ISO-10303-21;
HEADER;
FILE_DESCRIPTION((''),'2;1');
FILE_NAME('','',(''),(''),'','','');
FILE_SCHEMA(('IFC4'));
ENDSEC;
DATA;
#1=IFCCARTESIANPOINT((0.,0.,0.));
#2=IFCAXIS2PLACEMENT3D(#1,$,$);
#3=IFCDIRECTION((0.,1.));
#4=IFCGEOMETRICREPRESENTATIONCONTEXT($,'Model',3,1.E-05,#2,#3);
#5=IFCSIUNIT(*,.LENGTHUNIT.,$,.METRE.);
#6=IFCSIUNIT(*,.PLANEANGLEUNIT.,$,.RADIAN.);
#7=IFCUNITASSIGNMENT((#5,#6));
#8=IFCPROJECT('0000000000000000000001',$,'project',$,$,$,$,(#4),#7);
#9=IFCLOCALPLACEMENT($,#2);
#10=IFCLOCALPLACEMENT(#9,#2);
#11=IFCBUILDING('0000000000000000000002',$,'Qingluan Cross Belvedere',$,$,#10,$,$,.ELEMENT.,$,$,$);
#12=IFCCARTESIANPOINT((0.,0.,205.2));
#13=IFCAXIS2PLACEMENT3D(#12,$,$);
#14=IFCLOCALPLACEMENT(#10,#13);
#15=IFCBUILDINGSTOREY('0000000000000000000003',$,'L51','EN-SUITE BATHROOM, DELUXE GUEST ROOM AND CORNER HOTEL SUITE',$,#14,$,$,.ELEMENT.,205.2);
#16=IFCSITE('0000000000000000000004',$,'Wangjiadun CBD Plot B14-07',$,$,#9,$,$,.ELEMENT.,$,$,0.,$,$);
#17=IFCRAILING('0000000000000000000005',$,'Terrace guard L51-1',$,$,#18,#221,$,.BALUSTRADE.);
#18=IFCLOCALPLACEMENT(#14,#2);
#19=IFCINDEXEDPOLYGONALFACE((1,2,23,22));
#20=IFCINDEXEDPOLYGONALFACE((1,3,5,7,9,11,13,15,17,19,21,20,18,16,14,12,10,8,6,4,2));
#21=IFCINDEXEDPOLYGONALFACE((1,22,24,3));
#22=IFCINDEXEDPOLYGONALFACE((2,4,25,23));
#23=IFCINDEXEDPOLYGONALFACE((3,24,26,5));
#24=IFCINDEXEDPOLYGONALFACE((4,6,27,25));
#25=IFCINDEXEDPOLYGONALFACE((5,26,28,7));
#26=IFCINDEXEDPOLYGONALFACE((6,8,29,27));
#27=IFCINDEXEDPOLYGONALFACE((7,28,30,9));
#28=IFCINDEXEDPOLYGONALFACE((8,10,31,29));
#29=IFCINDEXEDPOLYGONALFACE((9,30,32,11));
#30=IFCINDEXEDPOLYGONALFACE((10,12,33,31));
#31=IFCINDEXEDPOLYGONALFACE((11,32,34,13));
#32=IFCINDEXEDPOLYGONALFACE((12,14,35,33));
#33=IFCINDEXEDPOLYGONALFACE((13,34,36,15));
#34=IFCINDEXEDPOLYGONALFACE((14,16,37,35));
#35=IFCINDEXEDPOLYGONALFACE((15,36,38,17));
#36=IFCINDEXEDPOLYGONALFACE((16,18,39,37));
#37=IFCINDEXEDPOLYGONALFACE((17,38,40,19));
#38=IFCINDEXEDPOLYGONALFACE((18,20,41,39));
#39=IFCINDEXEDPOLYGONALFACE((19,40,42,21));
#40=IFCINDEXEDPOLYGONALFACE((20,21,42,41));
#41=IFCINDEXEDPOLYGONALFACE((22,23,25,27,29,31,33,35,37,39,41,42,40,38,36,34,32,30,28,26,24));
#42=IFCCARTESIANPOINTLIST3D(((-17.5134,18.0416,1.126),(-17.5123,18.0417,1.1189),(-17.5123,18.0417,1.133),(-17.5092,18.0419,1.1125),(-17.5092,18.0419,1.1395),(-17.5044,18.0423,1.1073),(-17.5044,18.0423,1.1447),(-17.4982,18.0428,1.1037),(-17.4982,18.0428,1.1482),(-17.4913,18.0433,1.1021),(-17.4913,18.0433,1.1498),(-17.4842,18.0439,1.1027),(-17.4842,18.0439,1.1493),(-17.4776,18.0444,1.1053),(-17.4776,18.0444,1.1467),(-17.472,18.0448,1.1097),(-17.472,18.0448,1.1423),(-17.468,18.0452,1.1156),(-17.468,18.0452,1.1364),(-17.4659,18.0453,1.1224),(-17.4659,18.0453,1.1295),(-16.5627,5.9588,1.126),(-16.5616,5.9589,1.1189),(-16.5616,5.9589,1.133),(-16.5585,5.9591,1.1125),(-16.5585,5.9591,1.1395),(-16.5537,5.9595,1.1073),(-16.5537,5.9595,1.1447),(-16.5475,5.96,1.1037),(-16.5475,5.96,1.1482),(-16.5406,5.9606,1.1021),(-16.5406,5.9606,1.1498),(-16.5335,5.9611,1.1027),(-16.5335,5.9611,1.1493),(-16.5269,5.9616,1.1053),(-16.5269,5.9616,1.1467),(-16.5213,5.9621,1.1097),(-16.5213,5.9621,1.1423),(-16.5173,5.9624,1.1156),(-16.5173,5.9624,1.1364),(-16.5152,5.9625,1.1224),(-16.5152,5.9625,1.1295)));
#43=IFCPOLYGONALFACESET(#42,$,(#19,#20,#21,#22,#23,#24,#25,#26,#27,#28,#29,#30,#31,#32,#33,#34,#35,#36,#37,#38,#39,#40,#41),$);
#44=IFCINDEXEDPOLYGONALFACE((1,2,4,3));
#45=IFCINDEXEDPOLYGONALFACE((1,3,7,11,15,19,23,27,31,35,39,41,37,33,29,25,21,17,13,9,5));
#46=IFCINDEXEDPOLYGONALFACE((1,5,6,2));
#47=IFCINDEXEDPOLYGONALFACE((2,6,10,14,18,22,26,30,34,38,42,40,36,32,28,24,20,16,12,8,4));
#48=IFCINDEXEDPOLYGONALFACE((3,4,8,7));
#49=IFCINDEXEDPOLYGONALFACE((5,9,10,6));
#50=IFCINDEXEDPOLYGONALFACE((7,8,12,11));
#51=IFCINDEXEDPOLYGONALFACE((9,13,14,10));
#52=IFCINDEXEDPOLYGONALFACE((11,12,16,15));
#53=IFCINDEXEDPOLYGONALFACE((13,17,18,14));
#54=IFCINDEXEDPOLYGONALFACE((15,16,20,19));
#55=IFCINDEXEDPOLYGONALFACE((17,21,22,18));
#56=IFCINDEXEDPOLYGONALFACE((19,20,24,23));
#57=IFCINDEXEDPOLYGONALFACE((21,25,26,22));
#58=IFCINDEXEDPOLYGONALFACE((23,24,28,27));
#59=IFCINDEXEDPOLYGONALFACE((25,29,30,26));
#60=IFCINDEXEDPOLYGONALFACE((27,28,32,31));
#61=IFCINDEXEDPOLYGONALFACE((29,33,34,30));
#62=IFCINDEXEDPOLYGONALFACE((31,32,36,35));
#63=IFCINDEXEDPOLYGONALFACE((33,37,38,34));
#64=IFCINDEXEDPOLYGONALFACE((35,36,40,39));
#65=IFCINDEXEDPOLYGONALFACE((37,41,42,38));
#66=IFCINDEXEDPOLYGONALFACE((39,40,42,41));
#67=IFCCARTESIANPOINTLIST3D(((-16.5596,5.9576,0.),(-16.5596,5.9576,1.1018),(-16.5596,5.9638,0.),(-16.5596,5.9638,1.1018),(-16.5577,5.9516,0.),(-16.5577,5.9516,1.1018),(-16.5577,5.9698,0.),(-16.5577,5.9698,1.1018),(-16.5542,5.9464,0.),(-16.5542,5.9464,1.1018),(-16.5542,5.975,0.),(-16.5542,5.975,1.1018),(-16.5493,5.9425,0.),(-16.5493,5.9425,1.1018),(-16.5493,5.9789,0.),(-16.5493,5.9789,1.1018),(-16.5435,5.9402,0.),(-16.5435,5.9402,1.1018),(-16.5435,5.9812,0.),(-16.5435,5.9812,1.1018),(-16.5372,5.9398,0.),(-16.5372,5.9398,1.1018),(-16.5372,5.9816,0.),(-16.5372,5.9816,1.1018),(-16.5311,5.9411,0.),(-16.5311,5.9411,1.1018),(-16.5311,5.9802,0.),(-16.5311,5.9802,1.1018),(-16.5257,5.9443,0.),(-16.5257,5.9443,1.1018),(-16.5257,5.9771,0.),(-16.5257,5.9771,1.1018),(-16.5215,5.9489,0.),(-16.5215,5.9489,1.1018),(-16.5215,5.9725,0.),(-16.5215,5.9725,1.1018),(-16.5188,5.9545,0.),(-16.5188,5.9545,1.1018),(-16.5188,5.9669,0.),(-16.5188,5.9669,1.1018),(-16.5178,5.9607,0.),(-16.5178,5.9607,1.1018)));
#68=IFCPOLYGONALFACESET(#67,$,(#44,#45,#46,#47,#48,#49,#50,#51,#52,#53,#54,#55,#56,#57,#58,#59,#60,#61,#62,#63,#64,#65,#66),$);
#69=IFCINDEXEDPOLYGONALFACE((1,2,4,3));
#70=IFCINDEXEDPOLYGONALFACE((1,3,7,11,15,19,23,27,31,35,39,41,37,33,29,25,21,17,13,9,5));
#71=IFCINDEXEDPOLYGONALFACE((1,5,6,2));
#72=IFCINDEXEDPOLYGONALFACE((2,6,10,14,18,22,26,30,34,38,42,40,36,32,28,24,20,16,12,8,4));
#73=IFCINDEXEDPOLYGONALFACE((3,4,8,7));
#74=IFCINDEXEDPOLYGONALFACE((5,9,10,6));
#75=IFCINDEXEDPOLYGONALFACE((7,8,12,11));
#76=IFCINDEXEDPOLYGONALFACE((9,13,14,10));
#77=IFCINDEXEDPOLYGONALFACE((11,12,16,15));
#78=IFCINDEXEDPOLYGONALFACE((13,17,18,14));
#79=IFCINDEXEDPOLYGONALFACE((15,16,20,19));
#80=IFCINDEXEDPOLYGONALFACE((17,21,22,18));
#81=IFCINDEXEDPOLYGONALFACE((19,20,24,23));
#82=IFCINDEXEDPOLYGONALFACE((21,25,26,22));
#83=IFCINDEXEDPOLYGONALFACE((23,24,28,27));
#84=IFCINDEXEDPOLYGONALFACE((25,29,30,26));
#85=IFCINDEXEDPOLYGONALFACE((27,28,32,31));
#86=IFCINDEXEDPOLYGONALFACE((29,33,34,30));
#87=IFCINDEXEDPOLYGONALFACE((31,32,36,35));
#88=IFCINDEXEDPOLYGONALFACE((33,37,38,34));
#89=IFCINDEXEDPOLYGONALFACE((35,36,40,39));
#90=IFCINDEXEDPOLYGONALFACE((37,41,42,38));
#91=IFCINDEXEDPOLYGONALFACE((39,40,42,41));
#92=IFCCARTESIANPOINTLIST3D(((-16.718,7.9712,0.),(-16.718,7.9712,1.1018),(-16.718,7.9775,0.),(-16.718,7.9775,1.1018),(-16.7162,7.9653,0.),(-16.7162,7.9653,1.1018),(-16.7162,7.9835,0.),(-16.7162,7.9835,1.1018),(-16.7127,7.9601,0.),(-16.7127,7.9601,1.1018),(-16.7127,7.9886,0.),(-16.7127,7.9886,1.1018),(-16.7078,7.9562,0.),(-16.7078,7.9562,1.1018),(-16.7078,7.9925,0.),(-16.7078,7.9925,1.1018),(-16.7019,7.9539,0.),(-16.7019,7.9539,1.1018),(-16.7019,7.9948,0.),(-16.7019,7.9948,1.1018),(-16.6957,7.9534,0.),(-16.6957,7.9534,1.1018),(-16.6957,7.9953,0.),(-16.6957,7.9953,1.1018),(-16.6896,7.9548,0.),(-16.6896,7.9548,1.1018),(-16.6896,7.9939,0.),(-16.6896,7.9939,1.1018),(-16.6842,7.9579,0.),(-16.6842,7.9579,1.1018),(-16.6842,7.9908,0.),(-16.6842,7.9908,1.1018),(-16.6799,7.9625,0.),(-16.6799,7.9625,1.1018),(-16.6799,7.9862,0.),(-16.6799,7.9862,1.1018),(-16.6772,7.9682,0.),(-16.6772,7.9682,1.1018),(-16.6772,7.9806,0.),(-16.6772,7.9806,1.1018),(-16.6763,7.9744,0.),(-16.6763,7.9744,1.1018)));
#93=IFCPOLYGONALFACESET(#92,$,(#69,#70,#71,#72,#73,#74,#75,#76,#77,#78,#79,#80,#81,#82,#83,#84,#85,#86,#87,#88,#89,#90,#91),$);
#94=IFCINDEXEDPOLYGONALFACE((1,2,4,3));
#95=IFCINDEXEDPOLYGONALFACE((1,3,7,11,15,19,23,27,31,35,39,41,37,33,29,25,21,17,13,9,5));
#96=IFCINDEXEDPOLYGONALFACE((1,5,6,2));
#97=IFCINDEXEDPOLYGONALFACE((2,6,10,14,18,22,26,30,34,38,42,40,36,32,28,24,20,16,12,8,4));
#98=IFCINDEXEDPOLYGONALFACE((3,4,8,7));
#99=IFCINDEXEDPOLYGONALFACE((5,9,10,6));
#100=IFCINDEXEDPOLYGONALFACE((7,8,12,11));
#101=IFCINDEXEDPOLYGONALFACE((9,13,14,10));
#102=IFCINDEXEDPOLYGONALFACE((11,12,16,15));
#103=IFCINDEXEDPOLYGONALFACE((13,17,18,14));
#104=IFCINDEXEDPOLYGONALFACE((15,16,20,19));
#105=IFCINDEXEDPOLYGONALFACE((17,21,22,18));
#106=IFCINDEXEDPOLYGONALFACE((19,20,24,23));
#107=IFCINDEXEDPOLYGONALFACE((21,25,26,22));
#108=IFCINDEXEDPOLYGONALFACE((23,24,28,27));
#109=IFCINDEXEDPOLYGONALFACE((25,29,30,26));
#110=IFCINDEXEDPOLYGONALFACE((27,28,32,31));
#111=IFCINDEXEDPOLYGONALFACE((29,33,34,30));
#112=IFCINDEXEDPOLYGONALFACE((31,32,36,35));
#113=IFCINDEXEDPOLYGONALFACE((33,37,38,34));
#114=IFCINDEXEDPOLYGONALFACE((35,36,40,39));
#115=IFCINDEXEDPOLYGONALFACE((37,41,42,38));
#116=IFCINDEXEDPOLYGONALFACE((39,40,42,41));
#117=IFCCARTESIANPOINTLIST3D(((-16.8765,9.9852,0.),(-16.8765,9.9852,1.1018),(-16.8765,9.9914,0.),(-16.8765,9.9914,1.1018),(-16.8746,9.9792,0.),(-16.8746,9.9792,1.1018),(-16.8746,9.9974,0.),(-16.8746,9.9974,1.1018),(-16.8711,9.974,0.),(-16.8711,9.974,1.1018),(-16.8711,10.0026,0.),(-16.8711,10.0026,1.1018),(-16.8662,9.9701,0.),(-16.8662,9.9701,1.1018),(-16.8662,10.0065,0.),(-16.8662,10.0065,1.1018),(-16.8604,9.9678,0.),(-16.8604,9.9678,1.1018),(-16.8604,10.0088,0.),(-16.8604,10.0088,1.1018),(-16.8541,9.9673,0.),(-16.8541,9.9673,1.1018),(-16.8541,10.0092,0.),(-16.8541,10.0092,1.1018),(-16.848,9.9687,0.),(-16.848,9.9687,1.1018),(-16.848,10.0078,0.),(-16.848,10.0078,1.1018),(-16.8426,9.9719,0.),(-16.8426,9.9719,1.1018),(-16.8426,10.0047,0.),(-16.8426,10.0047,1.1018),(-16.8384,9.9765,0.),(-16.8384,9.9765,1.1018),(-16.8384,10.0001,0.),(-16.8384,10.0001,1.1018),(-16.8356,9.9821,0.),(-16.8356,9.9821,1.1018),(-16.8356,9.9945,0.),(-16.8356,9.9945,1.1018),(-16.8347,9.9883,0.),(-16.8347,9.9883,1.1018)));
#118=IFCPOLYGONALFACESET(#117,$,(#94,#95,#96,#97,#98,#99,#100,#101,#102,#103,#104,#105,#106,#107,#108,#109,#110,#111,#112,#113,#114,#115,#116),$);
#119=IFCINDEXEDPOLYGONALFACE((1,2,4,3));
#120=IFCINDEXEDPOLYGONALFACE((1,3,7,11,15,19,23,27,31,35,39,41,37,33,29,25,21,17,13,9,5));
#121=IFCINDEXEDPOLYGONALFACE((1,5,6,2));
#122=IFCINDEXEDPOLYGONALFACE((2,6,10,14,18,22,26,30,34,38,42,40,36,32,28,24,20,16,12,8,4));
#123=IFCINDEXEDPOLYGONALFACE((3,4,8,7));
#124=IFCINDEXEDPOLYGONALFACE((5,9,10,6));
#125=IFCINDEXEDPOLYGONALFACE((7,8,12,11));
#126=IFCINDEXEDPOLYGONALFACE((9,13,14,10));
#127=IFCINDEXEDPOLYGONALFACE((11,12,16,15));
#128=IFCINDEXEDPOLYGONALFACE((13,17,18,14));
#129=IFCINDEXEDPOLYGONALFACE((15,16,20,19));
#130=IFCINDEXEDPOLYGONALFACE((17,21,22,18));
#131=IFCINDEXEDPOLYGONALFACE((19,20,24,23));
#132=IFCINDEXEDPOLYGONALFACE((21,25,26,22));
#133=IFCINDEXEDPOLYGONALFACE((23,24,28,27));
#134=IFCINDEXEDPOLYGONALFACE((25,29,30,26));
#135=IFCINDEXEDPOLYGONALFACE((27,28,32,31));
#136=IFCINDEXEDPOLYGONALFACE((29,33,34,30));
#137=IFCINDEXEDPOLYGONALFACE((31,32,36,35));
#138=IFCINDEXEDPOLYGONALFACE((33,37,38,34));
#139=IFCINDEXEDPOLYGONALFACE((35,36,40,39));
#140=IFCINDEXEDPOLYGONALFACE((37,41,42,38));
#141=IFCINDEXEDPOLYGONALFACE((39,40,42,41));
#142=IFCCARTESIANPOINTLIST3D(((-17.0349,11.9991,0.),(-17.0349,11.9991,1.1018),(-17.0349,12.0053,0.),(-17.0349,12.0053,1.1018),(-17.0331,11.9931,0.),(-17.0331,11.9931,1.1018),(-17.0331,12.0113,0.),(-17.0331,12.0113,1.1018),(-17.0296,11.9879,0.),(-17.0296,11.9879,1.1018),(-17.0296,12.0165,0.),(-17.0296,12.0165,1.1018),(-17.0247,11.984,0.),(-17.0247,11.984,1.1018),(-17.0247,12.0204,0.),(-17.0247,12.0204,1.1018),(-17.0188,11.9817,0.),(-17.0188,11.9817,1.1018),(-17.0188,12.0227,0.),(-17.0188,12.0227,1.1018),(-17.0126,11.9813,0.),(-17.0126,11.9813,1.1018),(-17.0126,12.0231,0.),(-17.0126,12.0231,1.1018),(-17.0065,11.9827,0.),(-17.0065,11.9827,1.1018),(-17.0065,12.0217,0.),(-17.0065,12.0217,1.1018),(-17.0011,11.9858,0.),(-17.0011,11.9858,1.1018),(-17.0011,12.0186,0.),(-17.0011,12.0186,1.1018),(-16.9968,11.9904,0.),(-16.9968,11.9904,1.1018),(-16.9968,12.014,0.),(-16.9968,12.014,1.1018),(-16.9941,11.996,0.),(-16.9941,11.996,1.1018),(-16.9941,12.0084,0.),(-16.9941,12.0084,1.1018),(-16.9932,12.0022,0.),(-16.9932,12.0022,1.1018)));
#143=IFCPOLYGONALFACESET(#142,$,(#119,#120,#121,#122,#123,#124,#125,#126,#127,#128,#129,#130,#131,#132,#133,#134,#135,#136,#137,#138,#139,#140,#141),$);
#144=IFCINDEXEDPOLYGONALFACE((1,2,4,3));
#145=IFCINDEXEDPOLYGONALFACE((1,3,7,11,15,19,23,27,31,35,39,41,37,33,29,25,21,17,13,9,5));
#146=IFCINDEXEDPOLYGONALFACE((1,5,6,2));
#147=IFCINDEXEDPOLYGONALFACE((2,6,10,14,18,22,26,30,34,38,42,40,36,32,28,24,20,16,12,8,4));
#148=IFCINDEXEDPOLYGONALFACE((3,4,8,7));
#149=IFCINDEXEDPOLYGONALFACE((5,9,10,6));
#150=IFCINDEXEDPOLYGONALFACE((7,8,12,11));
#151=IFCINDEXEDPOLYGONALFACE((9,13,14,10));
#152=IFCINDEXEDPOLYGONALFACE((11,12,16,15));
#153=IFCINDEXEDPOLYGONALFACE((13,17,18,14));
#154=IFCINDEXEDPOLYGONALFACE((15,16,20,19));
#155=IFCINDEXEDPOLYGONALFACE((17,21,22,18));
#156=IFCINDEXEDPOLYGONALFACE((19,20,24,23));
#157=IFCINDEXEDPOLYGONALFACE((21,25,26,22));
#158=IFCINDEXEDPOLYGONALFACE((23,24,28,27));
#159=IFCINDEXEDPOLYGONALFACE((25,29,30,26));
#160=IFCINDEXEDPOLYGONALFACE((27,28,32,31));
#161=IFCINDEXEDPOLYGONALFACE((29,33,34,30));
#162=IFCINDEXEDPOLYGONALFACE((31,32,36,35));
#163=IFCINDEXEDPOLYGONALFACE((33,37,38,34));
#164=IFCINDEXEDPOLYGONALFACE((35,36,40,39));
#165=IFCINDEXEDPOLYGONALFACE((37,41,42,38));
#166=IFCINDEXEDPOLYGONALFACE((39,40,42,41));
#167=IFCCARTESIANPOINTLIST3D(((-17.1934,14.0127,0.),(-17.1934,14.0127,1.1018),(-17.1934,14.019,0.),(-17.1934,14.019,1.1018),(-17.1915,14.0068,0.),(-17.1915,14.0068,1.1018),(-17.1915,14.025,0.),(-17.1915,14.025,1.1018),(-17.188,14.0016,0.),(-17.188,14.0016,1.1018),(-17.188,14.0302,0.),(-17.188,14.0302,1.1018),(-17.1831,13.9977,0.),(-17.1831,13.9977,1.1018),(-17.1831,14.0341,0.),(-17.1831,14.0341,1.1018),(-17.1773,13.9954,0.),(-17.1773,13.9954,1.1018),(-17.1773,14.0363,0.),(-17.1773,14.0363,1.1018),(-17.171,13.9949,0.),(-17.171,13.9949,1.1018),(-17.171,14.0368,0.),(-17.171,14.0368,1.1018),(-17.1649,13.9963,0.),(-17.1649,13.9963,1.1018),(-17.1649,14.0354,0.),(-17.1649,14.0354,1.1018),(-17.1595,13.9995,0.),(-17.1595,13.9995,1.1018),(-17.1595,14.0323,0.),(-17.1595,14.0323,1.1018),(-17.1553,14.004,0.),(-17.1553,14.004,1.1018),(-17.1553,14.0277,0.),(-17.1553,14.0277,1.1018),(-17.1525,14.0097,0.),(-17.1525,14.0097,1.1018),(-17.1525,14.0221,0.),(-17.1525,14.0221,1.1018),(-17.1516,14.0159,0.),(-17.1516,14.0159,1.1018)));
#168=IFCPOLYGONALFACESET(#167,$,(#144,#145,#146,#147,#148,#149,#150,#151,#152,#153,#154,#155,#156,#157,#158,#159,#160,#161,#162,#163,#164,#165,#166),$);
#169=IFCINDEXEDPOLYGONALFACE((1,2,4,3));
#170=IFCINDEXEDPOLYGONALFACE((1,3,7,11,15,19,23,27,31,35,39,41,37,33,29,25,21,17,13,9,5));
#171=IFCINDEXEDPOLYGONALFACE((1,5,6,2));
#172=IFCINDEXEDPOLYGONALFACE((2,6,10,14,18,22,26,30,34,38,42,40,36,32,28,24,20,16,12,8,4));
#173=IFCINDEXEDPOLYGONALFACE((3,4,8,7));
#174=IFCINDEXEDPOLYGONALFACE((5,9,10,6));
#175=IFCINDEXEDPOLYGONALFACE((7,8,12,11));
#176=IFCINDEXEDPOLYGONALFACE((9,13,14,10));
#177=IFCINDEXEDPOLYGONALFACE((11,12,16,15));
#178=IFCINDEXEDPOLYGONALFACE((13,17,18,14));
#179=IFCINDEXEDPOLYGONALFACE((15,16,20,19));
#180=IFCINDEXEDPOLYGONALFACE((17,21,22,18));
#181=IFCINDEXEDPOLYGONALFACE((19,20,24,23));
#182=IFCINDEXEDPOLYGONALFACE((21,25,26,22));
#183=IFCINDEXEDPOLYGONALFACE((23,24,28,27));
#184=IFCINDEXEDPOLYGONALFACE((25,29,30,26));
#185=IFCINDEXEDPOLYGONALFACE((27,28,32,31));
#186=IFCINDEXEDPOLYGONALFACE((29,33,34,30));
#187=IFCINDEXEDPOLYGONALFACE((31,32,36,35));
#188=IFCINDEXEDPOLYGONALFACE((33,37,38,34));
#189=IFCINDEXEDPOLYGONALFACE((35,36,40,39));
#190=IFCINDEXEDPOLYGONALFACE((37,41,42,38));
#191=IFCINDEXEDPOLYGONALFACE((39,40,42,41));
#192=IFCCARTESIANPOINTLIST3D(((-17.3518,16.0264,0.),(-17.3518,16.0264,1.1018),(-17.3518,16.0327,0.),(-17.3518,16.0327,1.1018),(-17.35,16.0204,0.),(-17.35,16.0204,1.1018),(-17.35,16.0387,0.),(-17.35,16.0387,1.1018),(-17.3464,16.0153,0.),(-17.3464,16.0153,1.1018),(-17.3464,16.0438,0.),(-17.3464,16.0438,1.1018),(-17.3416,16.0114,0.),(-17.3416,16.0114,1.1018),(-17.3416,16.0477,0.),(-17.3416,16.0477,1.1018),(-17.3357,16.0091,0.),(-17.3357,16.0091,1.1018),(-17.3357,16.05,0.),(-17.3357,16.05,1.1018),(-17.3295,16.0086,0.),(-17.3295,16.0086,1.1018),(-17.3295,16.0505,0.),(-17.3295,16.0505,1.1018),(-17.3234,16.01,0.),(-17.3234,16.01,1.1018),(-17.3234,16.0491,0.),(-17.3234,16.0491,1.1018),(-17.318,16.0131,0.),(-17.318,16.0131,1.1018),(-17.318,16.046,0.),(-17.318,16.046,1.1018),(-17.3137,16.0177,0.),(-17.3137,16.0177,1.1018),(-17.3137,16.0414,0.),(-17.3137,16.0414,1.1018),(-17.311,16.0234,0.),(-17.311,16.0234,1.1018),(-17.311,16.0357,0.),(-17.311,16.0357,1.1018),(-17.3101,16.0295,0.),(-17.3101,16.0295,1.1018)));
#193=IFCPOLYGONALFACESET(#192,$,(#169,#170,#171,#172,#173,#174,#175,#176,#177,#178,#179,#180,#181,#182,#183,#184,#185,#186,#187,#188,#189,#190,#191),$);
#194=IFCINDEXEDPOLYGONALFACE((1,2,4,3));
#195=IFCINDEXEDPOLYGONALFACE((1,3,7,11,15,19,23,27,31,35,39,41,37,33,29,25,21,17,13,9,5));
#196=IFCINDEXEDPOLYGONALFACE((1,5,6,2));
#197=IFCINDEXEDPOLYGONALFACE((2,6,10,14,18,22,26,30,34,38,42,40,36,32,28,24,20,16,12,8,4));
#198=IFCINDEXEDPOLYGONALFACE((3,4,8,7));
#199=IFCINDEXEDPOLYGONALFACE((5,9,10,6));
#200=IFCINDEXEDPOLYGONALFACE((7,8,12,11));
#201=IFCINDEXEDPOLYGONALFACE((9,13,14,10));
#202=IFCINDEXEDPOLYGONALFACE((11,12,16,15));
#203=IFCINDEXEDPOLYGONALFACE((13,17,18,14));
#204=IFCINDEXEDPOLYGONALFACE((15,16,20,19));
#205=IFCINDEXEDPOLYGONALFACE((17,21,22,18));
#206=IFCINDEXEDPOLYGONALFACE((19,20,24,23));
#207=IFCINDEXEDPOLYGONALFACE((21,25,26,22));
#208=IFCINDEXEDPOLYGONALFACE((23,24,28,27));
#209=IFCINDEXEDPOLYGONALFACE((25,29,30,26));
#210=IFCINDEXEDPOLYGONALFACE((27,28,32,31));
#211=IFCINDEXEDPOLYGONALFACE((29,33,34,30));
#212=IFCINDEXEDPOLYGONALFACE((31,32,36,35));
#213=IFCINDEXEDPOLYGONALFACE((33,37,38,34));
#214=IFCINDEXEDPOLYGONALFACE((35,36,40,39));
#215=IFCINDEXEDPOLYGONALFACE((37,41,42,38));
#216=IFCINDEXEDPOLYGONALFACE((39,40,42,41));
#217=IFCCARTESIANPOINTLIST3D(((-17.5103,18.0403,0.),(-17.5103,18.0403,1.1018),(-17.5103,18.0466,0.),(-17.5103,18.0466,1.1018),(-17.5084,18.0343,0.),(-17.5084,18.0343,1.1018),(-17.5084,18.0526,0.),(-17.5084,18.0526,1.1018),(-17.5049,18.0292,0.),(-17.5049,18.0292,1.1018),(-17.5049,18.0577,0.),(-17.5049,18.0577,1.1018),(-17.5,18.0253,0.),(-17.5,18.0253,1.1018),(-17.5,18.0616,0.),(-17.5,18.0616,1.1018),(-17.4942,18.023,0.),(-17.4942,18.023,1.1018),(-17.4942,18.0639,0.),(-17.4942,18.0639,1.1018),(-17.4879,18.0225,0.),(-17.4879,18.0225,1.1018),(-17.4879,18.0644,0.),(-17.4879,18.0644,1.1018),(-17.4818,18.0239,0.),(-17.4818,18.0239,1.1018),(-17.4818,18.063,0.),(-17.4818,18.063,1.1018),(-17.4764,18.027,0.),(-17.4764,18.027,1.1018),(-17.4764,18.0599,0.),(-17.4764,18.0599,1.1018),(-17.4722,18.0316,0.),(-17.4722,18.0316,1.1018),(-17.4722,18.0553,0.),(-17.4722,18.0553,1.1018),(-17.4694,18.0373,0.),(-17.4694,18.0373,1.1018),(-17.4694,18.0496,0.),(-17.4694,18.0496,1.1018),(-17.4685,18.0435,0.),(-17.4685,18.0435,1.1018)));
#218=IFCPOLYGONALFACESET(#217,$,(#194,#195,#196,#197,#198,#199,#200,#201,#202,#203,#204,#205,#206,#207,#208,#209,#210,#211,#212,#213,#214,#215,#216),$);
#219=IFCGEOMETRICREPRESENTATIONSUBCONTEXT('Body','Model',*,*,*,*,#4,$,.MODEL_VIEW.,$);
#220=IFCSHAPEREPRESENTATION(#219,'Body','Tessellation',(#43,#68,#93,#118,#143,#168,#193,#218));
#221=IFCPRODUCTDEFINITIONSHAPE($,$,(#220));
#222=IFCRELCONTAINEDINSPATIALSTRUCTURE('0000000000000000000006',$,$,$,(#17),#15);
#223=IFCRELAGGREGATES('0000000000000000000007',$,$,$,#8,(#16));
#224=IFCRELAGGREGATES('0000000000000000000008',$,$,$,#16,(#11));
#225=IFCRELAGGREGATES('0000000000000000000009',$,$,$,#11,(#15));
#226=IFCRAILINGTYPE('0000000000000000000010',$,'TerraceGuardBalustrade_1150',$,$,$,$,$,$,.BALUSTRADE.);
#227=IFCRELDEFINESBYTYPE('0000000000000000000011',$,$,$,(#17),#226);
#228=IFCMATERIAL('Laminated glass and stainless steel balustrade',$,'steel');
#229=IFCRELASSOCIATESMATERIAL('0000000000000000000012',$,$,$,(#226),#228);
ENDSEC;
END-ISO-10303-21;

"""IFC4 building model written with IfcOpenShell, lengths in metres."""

from ifc_helpers import new_model, si_unit, direction, frame, origin, origin_2d, place, context, subcontext, project, spatial, circle, extrude, material, type_object, element, save


model = new_model("IFC4")

# Units and contexts
model_context = context("Model", 3, precision=1e-05, world=origin(), true_north=direction((0.0, 1.0)))
body_context = subcontext(model_context, "Body", "Model", "MODEL_VIEW")
ifc_project = project(units=[si_unit("LENGTHUNIT", "METRE"), si_unit("PLANEANGLEUNIT", "RADIAN")], contexts=[model_context])

# Site, building, storey
site_placement = place(None, origin())
site = spatial("IfcSite", under=ifc_project, at=site_placement, Name="Wangjiadun CBD Plot B14-07", CompositionType="ELEMENT", RefElevation=0.0)
building_placement = place(site_placement, origin())
building = spatial("IfcBuilding", under=site, at=building_placement, Name="Qingluan Cross Belvedere", CompositionType="ELEMENT")
storey_placement = place(building_placement, frame((0.0, 0.0, 205.2)))
storey = spatial("IfcBuildingStorey", under=building, at=storey_placement, Name="L51", Description="EN-SUITE BATHROOM, DELUXE GUEST ROOM AND CORNER HOTEL SUITE", CompositionType="ELEMENT", Elevation=205.2)

# Railing
ifc_material_1 = material(Name="Laminated glass and stainless steel balustrade", Category="steel")
railing_type = type_object("IfcRailingType", Name="TerraceGuardBalustrade_1150", PredefinedType="BALUSTRADE", material=ifc_material_1)
railing_placement = place(storey_placement, frame((-16.5388, 5.9607, 0.0)))
element("IfcRailing", 1, at=railing_placement, inside=storey, type_object=railing_type, Name="Terrace guard L51-1", PredefinedType="BALUSTRADE", context=body_context, shape_type="SweptSolid", body=[
    extrude(circle(Radius=0.0239, at=origin_2d()), frame((0.0, 0.0, 1.126), z_axis=(-0.078439, 0.996919, 0.0), x_axis=(-0.996919, -0.078439, 0.0)), (0.0, 0.0, 1.0), 12.1201),
    extrude(circle(Radius=0.021, at=origin_2d()), origin(), (0.0, 0.0, 1.0), 1.1018),
    extrude(circle(Radius=0.021, at=origin_2d()), frame((-0.1584, 2.0137, 0.0)), (0.0, 0.0, 1.0), 1.1018),
    extrude(circle(Radius=0.021, at=origin_2d()), frame((-0.3169, 4.0276, 0.0)), (0.0, 0.0, 1.0), 1.1018),
    extrude(circle(Radius=0.021, at=origin_2d()), frame((-0.4753, 6.0415, 0.0)), (0.0, 0.0, 1.0), 1.1018),
    extrude(circle(Radius=0.021, at=origin_2d()), frame((-0.6338, 8.0552, 0.0)), (0.0, 0.0, 1.0), 1.1018),
    extrude(circle(Radius=0.021, at=origin_2d()), frame((-0.7922, 10.0688, 0.0)), (0.0, 0.0, 1.0), 1.1018),
    extrude(circle(Radius=0.021, at=origin_2d()), frame((-0.9507, 12.0828, 0.0)), (0.0, 0.0, 1.0), 1.1018),
])

save(model, "model.ifc")
